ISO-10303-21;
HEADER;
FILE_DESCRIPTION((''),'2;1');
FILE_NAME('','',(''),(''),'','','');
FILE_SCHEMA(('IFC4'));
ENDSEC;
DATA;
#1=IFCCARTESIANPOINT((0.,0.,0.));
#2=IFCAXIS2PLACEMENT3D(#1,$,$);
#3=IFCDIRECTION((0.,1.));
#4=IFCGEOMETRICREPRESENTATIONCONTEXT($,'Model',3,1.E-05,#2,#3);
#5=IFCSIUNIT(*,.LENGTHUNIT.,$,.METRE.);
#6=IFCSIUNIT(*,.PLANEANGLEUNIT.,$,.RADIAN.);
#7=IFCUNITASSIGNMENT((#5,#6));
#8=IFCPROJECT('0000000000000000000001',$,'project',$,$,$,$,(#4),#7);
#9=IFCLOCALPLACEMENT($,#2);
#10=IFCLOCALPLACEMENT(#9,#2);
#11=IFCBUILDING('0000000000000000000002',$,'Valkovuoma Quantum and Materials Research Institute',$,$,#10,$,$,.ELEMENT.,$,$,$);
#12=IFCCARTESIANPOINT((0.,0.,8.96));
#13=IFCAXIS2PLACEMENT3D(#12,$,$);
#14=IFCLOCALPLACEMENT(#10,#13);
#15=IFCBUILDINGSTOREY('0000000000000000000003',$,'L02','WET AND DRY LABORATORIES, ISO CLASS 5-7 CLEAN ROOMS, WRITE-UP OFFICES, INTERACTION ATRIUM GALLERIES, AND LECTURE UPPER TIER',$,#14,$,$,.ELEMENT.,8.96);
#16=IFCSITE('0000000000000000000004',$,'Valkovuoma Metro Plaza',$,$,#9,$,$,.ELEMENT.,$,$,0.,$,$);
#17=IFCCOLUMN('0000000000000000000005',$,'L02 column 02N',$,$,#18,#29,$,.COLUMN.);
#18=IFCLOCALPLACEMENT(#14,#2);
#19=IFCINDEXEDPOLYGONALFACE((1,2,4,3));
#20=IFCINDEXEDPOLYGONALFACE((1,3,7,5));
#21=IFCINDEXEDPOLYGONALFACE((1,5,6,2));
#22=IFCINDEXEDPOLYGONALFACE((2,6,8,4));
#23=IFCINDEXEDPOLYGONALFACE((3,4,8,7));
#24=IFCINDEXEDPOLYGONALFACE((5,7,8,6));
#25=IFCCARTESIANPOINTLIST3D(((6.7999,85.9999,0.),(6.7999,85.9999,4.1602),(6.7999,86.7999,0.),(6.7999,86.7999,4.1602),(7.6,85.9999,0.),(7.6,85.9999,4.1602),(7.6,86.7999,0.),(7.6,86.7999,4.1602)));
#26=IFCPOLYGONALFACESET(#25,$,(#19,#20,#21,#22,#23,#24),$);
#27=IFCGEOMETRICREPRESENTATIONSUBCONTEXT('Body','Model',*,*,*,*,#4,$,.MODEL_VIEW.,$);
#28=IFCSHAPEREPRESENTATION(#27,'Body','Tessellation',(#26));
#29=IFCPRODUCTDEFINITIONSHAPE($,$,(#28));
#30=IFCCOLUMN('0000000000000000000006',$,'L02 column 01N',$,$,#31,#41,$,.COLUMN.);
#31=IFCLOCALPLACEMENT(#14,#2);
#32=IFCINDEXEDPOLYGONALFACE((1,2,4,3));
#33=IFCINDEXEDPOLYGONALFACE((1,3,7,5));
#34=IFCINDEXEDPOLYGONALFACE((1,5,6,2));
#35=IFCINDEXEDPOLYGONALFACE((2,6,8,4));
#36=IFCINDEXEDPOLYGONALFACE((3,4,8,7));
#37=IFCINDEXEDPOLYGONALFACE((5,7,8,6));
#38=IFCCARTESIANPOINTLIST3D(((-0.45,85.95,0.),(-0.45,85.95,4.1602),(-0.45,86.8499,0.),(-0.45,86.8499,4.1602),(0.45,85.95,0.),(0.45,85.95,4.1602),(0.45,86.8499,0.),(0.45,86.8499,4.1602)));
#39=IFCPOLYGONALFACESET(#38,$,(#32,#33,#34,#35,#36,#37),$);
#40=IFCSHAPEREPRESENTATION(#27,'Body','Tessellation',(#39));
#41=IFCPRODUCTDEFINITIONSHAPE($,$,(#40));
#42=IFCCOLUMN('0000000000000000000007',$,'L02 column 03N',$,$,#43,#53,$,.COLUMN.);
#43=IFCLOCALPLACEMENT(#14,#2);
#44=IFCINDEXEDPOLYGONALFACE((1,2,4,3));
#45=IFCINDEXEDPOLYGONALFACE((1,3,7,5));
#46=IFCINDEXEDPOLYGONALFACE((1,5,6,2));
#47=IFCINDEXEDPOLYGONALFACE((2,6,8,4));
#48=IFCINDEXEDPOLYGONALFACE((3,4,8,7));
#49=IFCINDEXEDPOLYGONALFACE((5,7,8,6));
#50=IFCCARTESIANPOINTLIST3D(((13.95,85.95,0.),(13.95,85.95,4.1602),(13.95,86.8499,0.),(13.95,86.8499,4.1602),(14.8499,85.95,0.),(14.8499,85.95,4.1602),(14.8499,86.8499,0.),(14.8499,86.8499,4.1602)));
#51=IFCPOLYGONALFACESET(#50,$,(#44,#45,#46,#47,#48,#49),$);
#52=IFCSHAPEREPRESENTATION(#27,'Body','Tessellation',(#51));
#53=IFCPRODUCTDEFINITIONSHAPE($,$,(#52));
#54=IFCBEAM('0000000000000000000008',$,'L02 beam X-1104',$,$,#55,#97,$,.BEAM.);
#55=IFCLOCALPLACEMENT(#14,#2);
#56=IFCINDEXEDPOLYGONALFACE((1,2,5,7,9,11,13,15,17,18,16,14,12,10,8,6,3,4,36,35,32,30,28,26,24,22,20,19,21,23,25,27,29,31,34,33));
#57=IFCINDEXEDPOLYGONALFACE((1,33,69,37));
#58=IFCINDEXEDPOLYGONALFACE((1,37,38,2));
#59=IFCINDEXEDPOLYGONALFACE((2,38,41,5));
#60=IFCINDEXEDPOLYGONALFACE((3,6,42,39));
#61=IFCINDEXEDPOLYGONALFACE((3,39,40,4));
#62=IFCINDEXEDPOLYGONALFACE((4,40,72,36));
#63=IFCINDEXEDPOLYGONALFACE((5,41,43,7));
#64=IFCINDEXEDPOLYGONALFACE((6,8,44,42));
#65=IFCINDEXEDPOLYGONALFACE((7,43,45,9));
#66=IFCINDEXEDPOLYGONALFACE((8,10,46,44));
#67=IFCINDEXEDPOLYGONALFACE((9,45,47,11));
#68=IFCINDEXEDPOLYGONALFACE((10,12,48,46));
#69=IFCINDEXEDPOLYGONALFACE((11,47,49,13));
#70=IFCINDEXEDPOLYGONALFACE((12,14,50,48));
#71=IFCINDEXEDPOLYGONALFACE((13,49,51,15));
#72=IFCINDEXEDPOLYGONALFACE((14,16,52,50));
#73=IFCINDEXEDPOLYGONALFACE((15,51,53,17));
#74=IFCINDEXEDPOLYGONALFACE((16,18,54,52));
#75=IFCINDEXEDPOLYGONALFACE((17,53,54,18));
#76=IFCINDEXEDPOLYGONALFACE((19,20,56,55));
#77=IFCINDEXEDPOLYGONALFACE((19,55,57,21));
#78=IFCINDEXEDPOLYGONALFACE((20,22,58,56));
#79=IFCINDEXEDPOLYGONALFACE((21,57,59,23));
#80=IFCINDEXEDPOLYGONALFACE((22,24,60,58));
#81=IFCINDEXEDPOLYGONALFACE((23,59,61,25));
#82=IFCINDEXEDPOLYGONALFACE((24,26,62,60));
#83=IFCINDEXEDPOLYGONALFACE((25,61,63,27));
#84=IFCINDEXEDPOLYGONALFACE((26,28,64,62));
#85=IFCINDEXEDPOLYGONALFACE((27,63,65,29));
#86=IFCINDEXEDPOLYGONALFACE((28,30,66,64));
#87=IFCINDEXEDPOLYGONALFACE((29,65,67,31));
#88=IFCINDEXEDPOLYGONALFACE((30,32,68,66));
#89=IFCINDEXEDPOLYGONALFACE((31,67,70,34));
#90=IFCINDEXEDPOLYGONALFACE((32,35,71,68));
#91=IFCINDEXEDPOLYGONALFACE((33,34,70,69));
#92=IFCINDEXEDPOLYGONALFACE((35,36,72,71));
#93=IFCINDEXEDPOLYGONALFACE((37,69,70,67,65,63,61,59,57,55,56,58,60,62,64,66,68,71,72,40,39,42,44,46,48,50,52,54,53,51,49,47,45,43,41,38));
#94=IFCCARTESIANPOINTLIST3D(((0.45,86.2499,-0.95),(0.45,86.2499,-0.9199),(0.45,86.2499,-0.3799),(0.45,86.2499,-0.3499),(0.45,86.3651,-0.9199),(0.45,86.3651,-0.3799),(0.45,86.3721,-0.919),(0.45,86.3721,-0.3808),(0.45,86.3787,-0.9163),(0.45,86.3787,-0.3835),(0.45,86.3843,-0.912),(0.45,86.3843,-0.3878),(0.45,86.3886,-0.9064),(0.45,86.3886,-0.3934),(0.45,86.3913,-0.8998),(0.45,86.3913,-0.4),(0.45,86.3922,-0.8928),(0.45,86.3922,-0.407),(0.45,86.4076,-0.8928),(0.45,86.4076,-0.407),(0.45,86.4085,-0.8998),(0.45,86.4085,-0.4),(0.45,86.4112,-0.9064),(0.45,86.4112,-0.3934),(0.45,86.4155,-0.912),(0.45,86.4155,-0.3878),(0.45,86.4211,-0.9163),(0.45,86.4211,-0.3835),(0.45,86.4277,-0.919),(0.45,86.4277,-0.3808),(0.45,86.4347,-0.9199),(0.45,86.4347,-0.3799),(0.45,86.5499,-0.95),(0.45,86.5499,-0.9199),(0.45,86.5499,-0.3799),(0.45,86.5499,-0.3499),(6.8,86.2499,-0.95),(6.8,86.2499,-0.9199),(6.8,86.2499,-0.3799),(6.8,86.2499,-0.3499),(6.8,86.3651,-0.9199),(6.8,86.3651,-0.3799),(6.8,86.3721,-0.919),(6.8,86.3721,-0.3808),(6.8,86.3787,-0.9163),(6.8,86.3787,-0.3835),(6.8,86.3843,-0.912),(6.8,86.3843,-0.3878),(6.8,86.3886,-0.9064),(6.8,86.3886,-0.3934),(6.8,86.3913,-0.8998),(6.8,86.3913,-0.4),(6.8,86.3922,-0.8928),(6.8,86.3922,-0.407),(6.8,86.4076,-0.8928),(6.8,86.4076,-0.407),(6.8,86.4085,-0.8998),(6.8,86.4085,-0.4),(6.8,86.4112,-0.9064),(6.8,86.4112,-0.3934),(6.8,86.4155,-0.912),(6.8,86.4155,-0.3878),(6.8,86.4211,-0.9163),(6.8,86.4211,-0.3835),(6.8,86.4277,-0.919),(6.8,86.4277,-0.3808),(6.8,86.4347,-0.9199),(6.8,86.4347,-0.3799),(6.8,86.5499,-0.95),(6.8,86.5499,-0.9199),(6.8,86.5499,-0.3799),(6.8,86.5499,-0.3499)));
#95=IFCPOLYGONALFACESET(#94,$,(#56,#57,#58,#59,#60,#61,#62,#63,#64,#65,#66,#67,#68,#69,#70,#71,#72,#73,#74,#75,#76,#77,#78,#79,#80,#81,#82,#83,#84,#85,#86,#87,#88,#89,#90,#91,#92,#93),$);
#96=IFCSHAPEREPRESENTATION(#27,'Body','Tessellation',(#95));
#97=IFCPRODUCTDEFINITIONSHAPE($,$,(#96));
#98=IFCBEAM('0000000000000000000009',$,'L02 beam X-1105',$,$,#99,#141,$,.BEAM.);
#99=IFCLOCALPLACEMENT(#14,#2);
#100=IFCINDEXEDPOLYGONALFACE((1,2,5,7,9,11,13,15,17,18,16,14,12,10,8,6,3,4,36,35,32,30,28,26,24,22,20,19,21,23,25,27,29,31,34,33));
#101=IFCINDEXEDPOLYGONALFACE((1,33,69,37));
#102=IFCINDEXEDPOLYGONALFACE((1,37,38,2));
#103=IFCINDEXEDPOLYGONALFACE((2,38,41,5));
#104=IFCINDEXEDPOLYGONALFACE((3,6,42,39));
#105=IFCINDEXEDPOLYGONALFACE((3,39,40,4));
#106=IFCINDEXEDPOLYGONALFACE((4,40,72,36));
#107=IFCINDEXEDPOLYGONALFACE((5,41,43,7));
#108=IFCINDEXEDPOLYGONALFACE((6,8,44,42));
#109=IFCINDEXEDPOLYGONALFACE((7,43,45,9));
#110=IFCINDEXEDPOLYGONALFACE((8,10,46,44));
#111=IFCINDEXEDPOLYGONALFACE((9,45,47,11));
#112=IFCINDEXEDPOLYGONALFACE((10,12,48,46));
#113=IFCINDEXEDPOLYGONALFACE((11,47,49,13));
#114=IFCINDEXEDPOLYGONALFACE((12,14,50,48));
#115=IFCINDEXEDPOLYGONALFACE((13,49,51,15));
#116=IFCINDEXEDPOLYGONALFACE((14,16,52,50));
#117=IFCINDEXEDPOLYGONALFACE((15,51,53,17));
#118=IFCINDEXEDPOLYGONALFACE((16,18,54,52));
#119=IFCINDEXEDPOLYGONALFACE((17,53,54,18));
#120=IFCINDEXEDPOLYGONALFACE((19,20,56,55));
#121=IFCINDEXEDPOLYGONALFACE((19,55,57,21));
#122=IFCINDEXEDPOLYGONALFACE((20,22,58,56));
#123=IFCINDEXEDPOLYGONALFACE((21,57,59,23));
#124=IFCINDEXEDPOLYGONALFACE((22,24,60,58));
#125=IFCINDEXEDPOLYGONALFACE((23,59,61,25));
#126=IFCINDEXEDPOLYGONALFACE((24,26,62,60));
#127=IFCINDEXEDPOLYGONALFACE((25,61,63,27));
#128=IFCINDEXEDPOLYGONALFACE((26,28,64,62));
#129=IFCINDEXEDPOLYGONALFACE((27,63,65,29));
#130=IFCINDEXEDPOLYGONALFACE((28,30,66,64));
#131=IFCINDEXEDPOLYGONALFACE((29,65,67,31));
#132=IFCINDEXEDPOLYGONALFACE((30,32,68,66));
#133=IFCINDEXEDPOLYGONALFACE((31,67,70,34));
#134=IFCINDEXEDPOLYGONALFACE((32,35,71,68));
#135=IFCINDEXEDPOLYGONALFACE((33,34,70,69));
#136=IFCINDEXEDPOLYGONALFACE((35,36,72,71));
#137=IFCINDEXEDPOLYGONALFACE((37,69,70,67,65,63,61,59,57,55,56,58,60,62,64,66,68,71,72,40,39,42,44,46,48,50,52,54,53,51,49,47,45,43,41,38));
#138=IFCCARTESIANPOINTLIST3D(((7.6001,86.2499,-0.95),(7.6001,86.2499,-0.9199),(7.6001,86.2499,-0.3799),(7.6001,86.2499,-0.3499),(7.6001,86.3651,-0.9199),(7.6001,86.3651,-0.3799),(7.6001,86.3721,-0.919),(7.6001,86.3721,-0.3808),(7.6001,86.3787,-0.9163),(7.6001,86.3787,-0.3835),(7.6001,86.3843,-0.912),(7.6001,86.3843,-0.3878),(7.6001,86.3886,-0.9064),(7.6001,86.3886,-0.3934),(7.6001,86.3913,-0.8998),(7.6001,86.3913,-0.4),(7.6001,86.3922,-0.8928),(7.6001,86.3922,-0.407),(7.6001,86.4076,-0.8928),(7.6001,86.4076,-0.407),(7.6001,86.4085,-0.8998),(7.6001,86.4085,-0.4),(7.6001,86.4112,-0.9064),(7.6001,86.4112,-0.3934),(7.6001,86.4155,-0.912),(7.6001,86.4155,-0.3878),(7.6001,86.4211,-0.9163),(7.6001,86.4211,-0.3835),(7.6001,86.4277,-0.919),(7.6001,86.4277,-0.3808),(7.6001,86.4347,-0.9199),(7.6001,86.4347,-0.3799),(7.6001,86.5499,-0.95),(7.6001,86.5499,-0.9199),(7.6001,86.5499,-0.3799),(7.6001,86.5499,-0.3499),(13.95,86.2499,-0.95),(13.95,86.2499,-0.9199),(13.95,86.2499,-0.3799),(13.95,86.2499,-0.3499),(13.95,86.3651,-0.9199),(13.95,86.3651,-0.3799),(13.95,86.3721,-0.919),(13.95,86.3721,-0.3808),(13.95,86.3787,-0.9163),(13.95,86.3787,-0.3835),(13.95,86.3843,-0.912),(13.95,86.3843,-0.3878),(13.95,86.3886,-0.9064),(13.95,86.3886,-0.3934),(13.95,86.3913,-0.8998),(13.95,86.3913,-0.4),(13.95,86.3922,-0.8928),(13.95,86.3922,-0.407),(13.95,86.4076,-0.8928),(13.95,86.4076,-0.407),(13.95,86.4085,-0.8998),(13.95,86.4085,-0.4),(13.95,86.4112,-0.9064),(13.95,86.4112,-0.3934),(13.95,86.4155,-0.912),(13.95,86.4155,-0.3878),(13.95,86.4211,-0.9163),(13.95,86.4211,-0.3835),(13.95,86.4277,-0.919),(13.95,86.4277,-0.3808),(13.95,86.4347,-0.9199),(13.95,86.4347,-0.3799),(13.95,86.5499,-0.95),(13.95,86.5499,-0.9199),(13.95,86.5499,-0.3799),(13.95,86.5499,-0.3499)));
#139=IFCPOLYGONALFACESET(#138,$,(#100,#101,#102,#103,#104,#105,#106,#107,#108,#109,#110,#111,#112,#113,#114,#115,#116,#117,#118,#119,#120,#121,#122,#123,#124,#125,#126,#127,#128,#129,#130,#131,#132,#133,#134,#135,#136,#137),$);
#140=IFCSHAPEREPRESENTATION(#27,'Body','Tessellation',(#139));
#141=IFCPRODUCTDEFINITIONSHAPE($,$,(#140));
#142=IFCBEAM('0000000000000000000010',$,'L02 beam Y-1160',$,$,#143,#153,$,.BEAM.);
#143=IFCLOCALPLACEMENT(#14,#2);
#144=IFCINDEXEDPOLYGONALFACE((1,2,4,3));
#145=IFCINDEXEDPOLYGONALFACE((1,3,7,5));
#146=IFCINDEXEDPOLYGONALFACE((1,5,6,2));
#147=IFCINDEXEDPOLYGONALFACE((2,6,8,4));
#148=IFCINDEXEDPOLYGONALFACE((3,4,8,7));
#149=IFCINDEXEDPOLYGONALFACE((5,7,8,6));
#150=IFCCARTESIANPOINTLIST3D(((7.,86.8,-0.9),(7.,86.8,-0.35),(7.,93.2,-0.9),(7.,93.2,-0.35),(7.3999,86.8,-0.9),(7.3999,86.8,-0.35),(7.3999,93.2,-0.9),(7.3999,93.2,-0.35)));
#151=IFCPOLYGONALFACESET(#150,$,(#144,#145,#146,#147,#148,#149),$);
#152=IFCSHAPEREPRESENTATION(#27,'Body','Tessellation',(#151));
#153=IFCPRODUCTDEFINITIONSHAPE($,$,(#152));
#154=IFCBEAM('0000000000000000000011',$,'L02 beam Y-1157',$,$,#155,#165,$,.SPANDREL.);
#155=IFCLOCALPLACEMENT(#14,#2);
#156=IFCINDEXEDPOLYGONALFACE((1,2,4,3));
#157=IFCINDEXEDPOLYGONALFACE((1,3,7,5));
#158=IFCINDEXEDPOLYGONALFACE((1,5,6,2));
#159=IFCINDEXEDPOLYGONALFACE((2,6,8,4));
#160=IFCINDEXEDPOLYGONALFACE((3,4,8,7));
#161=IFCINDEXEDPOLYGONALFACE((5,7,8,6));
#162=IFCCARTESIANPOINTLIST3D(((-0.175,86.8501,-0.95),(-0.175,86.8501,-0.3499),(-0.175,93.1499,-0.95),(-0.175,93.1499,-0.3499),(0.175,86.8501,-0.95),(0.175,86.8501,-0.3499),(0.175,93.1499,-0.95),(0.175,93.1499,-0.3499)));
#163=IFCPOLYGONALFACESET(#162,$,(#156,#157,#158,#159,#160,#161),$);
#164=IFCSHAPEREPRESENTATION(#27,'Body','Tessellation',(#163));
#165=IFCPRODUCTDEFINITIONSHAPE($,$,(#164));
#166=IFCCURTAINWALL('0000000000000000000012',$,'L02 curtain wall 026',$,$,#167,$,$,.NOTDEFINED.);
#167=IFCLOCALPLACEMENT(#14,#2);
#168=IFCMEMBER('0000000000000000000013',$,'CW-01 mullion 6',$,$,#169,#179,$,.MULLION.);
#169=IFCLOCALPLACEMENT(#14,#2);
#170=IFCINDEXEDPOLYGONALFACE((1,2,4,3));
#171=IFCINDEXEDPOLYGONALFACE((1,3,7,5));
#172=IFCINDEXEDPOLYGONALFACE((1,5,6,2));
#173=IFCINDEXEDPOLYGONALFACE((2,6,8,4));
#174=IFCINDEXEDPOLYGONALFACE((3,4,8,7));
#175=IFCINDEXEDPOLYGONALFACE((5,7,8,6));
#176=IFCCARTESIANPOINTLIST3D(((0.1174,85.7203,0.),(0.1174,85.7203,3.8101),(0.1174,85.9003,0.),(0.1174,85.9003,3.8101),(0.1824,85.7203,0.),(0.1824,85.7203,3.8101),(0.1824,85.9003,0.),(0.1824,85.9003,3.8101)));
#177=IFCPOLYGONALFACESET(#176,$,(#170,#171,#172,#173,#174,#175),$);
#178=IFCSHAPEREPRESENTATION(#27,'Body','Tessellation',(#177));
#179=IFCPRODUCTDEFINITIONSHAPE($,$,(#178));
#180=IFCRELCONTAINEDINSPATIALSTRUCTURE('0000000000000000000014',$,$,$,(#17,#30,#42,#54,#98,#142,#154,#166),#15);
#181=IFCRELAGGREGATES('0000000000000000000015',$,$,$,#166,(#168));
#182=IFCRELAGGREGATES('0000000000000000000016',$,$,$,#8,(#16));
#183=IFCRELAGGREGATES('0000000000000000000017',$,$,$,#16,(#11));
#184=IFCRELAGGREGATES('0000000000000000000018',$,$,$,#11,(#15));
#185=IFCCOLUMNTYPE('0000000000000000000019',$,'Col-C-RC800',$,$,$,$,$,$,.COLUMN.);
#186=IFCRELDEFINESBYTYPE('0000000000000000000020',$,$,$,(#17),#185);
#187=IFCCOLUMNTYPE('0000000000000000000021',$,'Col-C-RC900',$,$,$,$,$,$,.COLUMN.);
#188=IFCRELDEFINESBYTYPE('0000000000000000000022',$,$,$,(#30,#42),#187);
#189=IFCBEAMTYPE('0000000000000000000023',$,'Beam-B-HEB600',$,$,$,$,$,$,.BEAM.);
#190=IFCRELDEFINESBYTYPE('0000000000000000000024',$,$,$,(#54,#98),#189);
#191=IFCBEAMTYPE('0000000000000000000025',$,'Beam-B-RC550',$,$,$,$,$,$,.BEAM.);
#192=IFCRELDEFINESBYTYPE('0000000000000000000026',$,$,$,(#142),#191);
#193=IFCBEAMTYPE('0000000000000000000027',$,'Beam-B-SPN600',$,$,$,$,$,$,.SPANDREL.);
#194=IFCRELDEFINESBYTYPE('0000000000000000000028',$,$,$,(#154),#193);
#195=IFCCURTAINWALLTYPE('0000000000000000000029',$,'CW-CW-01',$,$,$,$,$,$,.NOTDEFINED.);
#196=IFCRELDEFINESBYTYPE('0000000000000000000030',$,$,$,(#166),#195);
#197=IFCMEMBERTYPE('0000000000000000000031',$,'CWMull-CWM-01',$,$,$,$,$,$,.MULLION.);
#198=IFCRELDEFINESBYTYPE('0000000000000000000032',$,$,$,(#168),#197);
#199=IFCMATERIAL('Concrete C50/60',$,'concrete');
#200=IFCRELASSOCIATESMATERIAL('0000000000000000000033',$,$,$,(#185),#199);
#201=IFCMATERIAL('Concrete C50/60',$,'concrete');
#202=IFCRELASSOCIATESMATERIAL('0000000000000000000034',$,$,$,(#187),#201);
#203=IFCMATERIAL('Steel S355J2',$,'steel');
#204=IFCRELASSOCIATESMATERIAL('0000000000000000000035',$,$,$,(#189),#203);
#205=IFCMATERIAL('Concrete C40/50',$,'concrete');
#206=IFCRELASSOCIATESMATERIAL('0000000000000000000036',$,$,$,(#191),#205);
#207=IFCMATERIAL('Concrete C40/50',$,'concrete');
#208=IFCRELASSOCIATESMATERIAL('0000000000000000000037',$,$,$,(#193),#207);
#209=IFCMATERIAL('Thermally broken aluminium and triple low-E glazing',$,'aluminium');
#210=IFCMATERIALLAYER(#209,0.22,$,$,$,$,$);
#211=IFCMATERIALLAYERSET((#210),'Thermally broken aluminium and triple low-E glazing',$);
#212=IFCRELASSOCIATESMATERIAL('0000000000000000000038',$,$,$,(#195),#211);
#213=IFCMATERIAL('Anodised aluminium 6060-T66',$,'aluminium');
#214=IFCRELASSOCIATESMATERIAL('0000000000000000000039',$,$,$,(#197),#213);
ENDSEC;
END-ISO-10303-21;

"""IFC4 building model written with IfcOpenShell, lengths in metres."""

from ifc_helpers import new_model, si_unit, direction, frame, origin, origin_2d, place, context, subcontext, project, spatial, rectangle, i_section, extrude, material, layer, layer_set, material_profile, profile_set, type_object, element, aggregate, save


model = new_model("IFC4")

# Units and contexts
model_context = context("Model", 3, precision=1e-05, world=origin(), true_north=direction((0.0, 1.0)))
body_context = subcontext(model_context, "Body", "Model", "MODEL_VIEW")
ifc_project = project(units=[si_unit("LENGTHUNIT", "METRE"), si_unit("PLANEANGLEUNIT", "RADIAN")], contexts=[model_context])

# Site, building, storey
site_placement = place(None, origin())
site = spatial("IfcSite", under=ifc_project, at=site_placement, Name="Valkovuoma Metro Plaza", CompositionType="ELEMENT", RefElevation=0.0)
building_placement = place(site_placement, origin())
building = spatial("IfcBuilding", under=site, at=building_placement, Name="Valkovuoma Quantum and Materials Research Institute", CompositionType="ELEMENT")
storey_placement = place(building_placement, frame((0.0, 0.0, 8.96)))
storey = spatial("IfcBuildingStorey", under=building, at=storey_placement, Name="L02", Description="WET AND DRY LABORATORIES, ISO CLASS 5-7 CLEAN ROOMS, WRITE-UP OFFICES, INTERACTION ATRIUM GALLERIES, AND LECTURE UPPER TIER", CompositionType="ELEMENT", Elevation=8.96)

# Columns
ifc_material_1 = material(Name="Concrete C50/60", Category="concrete")
ifc_material_profile_1 = material_profile(ifc_material_1, rectangle(XDim=0.8, YDim=0.8, at=origin_2d()), Name="Concrete C50/60")
ifc_profile_set_1 = profile_set([ifc_material_profile_1], Name="Concrete C50/60")
column_type_1 = type_object("IfcColumnType", Name="Col-C-RC800", PredefinedType="COLUMN", material=ifc_profile_set_1)
column_placement = place(storey_placement, frame((7.2, 86.3999, 0.0), z_axis=(0.0, 0.0, 1.0), x_axis=(1.0, 0.0, 0.0)))
element("IfcColumn", 1, at=column_placement, inside=storey, type_object=column_type_1, Name="L02 column 02N", PredefinedType="COLUMN", context=body_context, shape_type="SweptSolid", body=[
    extrude(rectangle(XDim=0.8, YDim=0.8, at=origin_2d()), origin(), (0.0, 0.0, 1.0), 4.1602),
])
ifc_material_2 = material(Name="Concrete C50/60", Category="concrete")
ifc_material_profile_2 = material_profile(ifc_material_2, rectangle(XDim=0.8999, YDim=0.8999, at=origin_2d()), Name="Concrete C50/60")
ifc_profile_set_2 = profile_set([ifc_material_profile_2], Name="Concrete C50/60")
column_type_2 = type_object("IfcColumnType", Name="Col-C-RC900", PredefinedType="COLUMN", material=ifc_profile_set_2)
for number, where, z_axis, x_axis, name in (
    (2, (0.0, 86.3999, 0.0), (0.0, 0.0, 1.0), (1.0, 0.0, 0.0), "L02 column 01N"),
    (3, (14.3999, 86.3999, 0.0), (0.0, 0.0, 1.0), (1.0, 0.0, 0.0), "L02 column 03N"),
):
    element("IfcColumn", number, at=place(storey_placement, frame(where, z_axis=z_axis, x_axis=x_axis)), inside=storey, type_object=column_type_2, Name=name, PredefinedType="COLUMN", context=body_context, shape_type="SweptSolid", body=[
        extrude(rectangle(XDim=0.8999, YDim=0.8999, at=origin_2d()), origin(), (0.0, 0.0, 1.0), 4.1602),
    ])

# Beams
ifc_material_3 = material(Name="Steel S355J2", Category="steel")
ifc_material_profile_3 = material_profile(ifc_material_3, i_section(OverallWidth=0.3, OverallDepth=0.6001, WebThickness=0.0154, FlangeThickness=0.03, FilletRadius=0.0271, at=origin_2d()), Name="Steel S355J2")
ifc_profile_set_3 = profile_set([ifc_material_profile_3], Name="Steel S355J2")
beam_type_1 = type_object("IfcBeamType", Name="Beam-B-HEB600", PredefinedType="BEAM", material=ifc_profile_set_3)
beam_1_placement = place(storey_placement, frame((0.45, 86.3999, -0.6499), z_axis=(1.0, 0.0, 0.0), x_axis=(0.0, 1.0, 0.0)))
element("IfcBeam", 4, at=beam_1_placement, inside=storey, type_object=beam_type_1, Name="L02 beam X-1104", PredefinedType="BEAM", context=body_context, shape_type="SweptSolid", body=[
    extrude(i_section(OverallWidth=0.3, OverallDepth=0.6001, WebThickness=0.0154, FlangeThickness=0.03, FilletRadius=0.0271, at=origin_2d()), origin(), (0.0, 0.0, 1.0), 6.3501),
])
beam_2_placement = place(storey_placement, frame((7.6001, 86.3999, -0.6499), z_axis=(1.0, 0.0, 0.0), x_axis=(0.0, 1.0, 0.0)))
element("IfcBeam", 5, at=beam_2_placement, inside=storey, type_object=beam_type_1, Name="L02 beam X-1105", PredefinedType="BEAM", context=body_context, shape_type="SweptSolid", body=[
    extrude(i_section(OverallWidth=0.3, OverallDepth=0.6001, WebThickness=0.0154, FlangeThickness=0.03, FilletRadius=0.0271, at=origin_2d()), origin(), (0.0, 0.0, 1.0), 6.3499),
])
ifc_material_4 = material(Name="Concrete C40/50", Category="concrete")
ifc_material_profile_4 = material_profile(ifc_material_4, rectangle(XDim=0.3999, YDim=0.55, at=origin_2d()), Name="Concrete C40/50")
ifc_profile_set_4 = profile_set([ifc_material_profile_4], Name="Concrete C40/50")
beam_type_2 = type_object("IfcBeamType", Name="Beam-B-RC550", PredefinedType="BEAM", material=ifc_profile_set_4)
beam_3_placement = place(storey_placement, frame((7.2, 86.8, -0.625), z_axis=(0.0, 1.0, 0.0), x_axis=(-1.0, 0.0, 0.0)))
element("IfcBeam", 6, at=beam_3_placement, inside=storey, type_object=beam_type_2, Name="L02 beam Y-1160", PredefinedType="BEAM", context=body_context, shape_type="SweptSolid", body=[
    extrude(rectangle(XDim=0.3999, YDim=0.55, at=origin_2d()), origin(), (0.0, 0.0, 1.0), 6.3999),
])
ifc_material_5 = material(Name="Concrete C40/50", Category="concrete")
ifc_material_profile_5 = material_profile(ifc_material_5, rectangle(XDim=0.3501, YDim=0.6001, at=origin_2d()), Name="Concrete C40/50")
ifc_profile_set_5 = profile_set([ifc_material_profile_5], Name="Concrete C40/50")
beam_type_3 = type_object("IfcBeamType", Name="Beam-B-SPN600", PredefinedType="SPANDREL", material=ifc_profile_set_5)
beam_4_placement = place(storey_placement, frame((0.0, 86.8501, -0.6499), z_axis=(0.0, 1.0, 0.0), x_axis=(-1.0, 0.0, 0.0)))
element("IfcBeam", 7, at=beam_4_placement, inside=storey, type_object=beam_type_3, Name="L02 beam Y-1157", PredefinedType="SPANDREL", context=body_context, shape_type="SweptSolid", body=[
    extrude(rectangle(XDim=0.3501, YDim=0.6001, at=origin_2d()), origin(), (0.0, 0.0, 1.0), 6.2998),
])

# Curtain wall, member
ifc_material_6 = material(Name="Thermally broken aluminium and triple low-E glazing", Category="aluminium")
ifc_layer_1 = layer(ifc_material_6, 0.22)
ifc_layer_set_1 = layer_set([ifc_layer_1], Name="Thermally broken aluminium and triple low-E glazing")
curtain_wall_type = type_object("IfcCurtainWallType", Name="CW-CW-01", PredefinedType="NOTDEFINED", material=ifc_layer_set_1)
curtain_wall_1_placement = place(storey_placement, origin())
curtain_wall_1 = element("IfcCurtainWall", 8, at=curtain_wall_1_placement, inside=storey, type_object=curtain_wall_type, Name="L02 curtain wall 026", PredefinedType="NOTDEFINED")
ifc_material_7 = material(Name="Anodised aluminium 6060-T66", Category="aluminium")
ifc_material_profile_6 = material_profile(ifc_material_7, rectangle(XDim=0.0649, YDim=0.1799, at=origin_2d()), Name="Anodised aluminium 6060-T66")
ifc_profile_set_6 = profile_set([ifc_material_profile_6], Name="Anodised aluminium 6060-T66")
member_type_1 = type_object("IfcMemberType", Name="CWMull-CWM-01", PredefinedType="MULLION", material=ifc_profile_set_6)
member_1_placement = place(storey_placement, frame((0.1499, 85.8103, 0.0), z_axis=(0.0, 0.0, 1.0), x_axis=(-1.0, 0.0, 0.0)))
member_1 = element("IfcMember", 9, at=member_1_placement, type_object=member_type_1, Name="CW-01 mullion 6", PredefinedType="MULLION", context=body_context, shape_type="SweptSolid", body=[
    extrude(rectangle(XDim=0.0649, YDim=0.1799, at=origin_2d()), origin(), (0.0, 0.0, 1.0), 3.8101),
])

aggregate(curtain_wall_1, [member_1])

save(model, "model.ifc")
